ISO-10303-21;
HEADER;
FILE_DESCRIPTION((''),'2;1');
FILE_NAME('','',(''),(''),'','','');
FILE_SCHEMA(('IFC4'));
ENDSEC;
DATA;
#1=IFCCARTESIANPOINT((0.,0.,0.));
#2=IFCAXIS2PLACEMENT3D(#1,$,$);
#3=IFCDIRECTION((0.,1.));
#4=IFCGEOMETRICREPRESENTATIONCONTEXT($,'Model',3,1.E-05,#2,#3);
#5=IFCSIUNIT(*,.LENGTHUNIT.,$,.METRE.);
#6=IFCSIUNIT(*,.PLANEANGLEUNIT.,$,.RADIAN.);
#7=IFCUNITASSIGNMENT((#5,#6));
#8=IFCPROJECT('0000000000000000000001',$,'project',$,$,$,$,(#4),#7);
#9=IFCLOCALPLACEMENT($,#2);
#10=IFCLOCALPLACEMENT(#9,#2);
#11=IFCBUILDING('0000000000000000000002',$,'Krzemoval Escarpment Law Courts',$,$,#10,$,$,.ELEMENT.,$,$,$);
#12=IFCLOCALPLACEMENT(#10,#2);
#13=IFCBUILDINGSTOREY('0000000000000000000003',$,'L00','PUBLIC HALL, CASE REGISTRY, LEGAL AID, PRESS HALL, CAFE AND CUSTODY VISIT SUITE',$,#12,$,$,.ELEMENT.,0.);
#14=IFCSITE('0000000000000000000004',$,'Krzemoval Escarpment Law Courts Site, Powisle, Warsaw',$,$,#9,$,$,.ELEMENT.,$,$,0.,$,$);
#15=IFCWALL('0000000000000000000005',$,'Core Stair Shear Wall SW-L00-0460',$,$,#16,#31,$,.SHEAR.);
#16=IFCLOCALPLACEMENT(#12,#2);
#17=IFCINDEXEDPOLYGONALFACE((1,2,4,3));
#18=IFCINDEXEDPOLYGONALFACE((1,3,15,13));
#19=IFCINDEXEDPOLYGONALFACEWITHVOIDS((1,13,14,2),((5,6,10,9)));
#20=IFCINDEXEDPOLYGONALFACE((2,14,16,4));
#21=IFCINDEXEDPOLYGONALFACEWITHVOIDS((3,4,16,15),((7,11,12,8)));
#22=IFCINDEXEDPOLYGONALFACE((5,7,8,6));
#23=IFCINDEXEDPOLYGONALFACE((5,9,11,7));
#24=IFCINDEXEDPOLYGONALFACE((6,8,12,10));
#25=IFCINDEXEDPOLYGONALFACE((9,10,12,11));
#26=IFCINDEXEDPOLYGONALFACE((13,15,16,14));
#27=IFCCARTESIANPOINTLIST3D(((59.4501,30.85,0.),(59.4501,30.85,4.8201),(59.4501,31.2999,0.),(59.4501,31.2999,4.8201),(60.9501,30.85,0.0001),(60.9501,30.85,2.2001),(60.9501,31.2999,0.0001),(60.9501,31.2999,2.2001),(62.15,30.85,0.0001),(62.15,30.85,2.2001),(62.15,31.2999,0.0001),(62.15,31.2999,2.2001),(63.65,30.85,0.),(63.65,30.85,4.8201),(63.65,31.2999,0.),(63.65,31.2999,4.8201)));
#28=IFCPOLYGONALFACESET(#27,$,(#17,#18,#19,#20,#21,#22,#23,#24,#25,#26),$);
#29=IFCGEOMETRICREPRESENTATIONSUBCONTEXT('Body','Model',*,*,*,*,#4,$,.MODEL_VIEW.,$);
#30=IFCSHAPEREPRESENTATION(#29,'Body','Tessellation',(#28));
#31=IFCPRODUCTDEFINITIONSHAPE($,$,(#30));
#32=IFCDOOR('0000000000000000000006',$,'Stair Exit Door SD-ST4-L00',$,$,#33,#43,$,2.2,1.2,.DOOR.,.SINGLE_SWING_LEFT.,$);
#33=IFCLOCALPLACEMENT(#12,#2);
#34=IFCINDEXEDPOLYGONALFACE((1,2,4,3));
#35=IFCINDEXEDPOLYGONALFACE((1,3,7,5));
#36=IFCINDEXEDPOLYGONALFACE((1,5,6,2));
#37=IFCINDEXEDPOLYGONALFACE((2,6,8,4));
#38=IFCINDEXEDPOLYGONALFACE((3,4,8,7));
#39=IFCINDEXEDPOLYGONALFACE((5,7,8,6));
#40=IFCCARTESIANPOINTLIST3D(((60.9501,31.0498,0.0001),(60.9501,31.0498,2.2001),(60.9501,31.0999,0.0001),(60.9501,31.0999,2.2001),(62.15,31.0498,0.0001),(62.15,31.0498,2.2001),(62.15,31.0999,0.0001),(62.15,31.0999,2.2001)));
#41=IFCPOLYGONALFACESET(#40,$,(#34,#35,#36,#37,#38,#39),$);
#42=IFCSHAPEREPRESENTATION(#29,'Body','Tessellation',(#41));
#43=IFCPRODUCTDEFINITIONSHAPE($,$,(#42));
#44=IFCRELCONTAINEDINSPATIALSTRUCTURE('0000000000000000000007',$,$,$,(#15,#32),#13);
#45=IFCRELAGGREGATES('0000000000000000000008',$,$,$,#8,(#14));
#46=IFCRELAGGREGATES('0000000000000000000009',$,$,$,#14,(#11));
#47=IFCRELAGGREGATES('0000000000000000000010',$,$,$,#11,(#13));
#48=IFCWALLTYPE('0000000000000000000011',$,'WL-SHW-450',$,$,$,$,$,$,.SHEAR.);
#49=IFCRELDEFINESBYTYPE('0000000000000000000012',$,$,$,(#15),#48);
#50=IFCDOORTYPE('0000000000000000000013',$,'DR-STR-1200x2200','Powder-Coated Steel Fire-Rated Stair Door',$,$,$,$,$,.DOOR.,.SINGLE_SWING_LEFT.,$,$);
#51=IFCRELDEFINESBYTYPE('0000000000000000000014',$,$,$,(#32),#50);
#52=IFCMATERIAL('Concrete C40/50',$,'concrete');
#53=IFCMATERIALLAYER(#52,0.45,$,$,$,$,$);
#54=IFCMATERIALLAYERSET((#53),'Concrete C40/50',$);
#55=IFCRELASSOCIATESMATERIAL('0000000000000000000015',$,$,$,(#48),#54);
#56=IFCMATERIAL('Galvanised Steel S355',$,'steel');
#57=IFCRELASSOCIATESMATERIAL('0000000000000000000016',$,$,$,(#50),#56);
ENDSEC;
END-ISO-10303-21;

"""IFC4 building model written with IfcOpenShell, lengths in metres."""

from ifc_helpers import new_model, si_unit, direction, frame, frame_2d, origin, place, context, subcontext, project, spatial, rectangle, extrude, material, layer, layer_set, type_object, element, fill, save


model = new_model("IFC4")

# Units and contexts
model_context = context("Model", 3, precision=1e-05, world=origin(), true_north=direction((0.0, 1.0)))
body_context = subcontext(model_context, "Body", "Model", "MODEL_VIEW")
ifc_project = project(units=[si_unit("LENGTHUNIT", "METRE"), si_unit("PLANEANGLEUNIT", "RADIAN")], contexts=[model_context])

# Site, building, storey
site_placement = place(None, origin())
site = spatial("IfcSite", under=ifc_project, at=site_placement, Name="Krzemoval Escarpment Law Courts Site, Powisle, Warsaw", CompositionType="ELEMENT", RefElevation=0.0)
building_placement = place(site_placement, origin())
building = spatial("IfcBuilding", under=site, at=building_placement, Name="Krzemoval Escarpment Law Courts", CompositionType="ELEMENT")
storey_placement = place(building_placement, origin())
storey = spatial("IfcBuildingStorey", under=building, at=storey_placement, Name="L00", Description="PUBLIC HALL, CASE REGISTRY, LEGAL AID, PRESS HALL, CAFE AND CUSTODY VISIT SUITE", CompositionType="ELEMENT", Elevation=0.0)

# Wall, opening, door
ifc_material_1 = material(Name="Concrete C40/50", Category="concrete")
ifc_layer_1 = layer(ifc_material_1, 0.45)
ifc_layer_set_1 = layer_set([ifc_layer_1], Name="Concrete C40/50")
wall_type_1 = type_object("IfcWallType", Name="WL-SHW-450", PredefinedType="SHEAR", material=ifc_layer_set_1)
wall_1_placement = place(storey_placement, frame((59.45, 31.075, 0.0), z_axis=(0.0, 0.0, 1.0), x_axis=(1.0, 0.0, 0.0)))
wall_1 = element("IfcWall", 1, at=wall_1_placement, inside=storey, type_object=wall_type_1, Name="Core Stair Shear Wall SW-L00-0460", PredefinedType="SHEAR", context=body_context, shape_type="SweptSolid", body=[
    extrude(rectangle(XDim=4.2, YDim=0.45, at=frame_2d((2.1001, 0.0))), origin(), (0.0, 0.0, 1.0), 4.8201),
])
opening_1_placement = place(wall_1_placement, frame((1.5, 0.0, 0.0)))
opening_1 = element("IfcOpeningElement", 2, at=opening_1_placement, cuts=wall_1, PredefinedType="OPENING", context=body_context, shape_type="SweptSolid", body=[
    extrude(rectangle(XDim=1.2, YDim=2.2, at=frame_2d((0.6001, 1.1001))), frame((0.0, 0.24, 0.0), z_axis=(0.0, -1.0, 0.0), x_axis=(1.0, 0.0, 0.0)), (0.0, 0.0, 1.0), 0.4799),
])
ifc_material_2 = material(Name="Galvanised Steel S355", Category="steel")
door_type = type_object("IfcDoorType", Name="DR-STR-1200x2200", Description="Powder-Coated Steel Fire-Rated Stair Door", OperationType="SINGLE_SWING_LEFT", PredefinedType="DOOR", material=ifc_material_2)
door_placement = place(opening_1_placement, origin())
door = element("IfcDoor", 3, at=door_placement, inside=storey, type_object=door_type, Name="Stair Exit Door SD-ST4-L00", OperationType="SINGLE_SWING_LEFT", OverallHeight=2.2, OverallWidth=1.2, PredefinedType="DOOR", context=body_context, shape_type="SweptSolid", body=[
    extrude(rectangle(XDim=1.2, YDim=2.2, at=frame_2d((0.6001, 1.1001))), frame((0.0, 0.0249, 0.0), z_axis=(0.0, -1.0, 0.0), x_axis=(1.0, 0.0, 0.0)), (0.0, 0.0, 1.0), 0.05),
])
fill(opening_1, door)

save(model, "model.ifc")
